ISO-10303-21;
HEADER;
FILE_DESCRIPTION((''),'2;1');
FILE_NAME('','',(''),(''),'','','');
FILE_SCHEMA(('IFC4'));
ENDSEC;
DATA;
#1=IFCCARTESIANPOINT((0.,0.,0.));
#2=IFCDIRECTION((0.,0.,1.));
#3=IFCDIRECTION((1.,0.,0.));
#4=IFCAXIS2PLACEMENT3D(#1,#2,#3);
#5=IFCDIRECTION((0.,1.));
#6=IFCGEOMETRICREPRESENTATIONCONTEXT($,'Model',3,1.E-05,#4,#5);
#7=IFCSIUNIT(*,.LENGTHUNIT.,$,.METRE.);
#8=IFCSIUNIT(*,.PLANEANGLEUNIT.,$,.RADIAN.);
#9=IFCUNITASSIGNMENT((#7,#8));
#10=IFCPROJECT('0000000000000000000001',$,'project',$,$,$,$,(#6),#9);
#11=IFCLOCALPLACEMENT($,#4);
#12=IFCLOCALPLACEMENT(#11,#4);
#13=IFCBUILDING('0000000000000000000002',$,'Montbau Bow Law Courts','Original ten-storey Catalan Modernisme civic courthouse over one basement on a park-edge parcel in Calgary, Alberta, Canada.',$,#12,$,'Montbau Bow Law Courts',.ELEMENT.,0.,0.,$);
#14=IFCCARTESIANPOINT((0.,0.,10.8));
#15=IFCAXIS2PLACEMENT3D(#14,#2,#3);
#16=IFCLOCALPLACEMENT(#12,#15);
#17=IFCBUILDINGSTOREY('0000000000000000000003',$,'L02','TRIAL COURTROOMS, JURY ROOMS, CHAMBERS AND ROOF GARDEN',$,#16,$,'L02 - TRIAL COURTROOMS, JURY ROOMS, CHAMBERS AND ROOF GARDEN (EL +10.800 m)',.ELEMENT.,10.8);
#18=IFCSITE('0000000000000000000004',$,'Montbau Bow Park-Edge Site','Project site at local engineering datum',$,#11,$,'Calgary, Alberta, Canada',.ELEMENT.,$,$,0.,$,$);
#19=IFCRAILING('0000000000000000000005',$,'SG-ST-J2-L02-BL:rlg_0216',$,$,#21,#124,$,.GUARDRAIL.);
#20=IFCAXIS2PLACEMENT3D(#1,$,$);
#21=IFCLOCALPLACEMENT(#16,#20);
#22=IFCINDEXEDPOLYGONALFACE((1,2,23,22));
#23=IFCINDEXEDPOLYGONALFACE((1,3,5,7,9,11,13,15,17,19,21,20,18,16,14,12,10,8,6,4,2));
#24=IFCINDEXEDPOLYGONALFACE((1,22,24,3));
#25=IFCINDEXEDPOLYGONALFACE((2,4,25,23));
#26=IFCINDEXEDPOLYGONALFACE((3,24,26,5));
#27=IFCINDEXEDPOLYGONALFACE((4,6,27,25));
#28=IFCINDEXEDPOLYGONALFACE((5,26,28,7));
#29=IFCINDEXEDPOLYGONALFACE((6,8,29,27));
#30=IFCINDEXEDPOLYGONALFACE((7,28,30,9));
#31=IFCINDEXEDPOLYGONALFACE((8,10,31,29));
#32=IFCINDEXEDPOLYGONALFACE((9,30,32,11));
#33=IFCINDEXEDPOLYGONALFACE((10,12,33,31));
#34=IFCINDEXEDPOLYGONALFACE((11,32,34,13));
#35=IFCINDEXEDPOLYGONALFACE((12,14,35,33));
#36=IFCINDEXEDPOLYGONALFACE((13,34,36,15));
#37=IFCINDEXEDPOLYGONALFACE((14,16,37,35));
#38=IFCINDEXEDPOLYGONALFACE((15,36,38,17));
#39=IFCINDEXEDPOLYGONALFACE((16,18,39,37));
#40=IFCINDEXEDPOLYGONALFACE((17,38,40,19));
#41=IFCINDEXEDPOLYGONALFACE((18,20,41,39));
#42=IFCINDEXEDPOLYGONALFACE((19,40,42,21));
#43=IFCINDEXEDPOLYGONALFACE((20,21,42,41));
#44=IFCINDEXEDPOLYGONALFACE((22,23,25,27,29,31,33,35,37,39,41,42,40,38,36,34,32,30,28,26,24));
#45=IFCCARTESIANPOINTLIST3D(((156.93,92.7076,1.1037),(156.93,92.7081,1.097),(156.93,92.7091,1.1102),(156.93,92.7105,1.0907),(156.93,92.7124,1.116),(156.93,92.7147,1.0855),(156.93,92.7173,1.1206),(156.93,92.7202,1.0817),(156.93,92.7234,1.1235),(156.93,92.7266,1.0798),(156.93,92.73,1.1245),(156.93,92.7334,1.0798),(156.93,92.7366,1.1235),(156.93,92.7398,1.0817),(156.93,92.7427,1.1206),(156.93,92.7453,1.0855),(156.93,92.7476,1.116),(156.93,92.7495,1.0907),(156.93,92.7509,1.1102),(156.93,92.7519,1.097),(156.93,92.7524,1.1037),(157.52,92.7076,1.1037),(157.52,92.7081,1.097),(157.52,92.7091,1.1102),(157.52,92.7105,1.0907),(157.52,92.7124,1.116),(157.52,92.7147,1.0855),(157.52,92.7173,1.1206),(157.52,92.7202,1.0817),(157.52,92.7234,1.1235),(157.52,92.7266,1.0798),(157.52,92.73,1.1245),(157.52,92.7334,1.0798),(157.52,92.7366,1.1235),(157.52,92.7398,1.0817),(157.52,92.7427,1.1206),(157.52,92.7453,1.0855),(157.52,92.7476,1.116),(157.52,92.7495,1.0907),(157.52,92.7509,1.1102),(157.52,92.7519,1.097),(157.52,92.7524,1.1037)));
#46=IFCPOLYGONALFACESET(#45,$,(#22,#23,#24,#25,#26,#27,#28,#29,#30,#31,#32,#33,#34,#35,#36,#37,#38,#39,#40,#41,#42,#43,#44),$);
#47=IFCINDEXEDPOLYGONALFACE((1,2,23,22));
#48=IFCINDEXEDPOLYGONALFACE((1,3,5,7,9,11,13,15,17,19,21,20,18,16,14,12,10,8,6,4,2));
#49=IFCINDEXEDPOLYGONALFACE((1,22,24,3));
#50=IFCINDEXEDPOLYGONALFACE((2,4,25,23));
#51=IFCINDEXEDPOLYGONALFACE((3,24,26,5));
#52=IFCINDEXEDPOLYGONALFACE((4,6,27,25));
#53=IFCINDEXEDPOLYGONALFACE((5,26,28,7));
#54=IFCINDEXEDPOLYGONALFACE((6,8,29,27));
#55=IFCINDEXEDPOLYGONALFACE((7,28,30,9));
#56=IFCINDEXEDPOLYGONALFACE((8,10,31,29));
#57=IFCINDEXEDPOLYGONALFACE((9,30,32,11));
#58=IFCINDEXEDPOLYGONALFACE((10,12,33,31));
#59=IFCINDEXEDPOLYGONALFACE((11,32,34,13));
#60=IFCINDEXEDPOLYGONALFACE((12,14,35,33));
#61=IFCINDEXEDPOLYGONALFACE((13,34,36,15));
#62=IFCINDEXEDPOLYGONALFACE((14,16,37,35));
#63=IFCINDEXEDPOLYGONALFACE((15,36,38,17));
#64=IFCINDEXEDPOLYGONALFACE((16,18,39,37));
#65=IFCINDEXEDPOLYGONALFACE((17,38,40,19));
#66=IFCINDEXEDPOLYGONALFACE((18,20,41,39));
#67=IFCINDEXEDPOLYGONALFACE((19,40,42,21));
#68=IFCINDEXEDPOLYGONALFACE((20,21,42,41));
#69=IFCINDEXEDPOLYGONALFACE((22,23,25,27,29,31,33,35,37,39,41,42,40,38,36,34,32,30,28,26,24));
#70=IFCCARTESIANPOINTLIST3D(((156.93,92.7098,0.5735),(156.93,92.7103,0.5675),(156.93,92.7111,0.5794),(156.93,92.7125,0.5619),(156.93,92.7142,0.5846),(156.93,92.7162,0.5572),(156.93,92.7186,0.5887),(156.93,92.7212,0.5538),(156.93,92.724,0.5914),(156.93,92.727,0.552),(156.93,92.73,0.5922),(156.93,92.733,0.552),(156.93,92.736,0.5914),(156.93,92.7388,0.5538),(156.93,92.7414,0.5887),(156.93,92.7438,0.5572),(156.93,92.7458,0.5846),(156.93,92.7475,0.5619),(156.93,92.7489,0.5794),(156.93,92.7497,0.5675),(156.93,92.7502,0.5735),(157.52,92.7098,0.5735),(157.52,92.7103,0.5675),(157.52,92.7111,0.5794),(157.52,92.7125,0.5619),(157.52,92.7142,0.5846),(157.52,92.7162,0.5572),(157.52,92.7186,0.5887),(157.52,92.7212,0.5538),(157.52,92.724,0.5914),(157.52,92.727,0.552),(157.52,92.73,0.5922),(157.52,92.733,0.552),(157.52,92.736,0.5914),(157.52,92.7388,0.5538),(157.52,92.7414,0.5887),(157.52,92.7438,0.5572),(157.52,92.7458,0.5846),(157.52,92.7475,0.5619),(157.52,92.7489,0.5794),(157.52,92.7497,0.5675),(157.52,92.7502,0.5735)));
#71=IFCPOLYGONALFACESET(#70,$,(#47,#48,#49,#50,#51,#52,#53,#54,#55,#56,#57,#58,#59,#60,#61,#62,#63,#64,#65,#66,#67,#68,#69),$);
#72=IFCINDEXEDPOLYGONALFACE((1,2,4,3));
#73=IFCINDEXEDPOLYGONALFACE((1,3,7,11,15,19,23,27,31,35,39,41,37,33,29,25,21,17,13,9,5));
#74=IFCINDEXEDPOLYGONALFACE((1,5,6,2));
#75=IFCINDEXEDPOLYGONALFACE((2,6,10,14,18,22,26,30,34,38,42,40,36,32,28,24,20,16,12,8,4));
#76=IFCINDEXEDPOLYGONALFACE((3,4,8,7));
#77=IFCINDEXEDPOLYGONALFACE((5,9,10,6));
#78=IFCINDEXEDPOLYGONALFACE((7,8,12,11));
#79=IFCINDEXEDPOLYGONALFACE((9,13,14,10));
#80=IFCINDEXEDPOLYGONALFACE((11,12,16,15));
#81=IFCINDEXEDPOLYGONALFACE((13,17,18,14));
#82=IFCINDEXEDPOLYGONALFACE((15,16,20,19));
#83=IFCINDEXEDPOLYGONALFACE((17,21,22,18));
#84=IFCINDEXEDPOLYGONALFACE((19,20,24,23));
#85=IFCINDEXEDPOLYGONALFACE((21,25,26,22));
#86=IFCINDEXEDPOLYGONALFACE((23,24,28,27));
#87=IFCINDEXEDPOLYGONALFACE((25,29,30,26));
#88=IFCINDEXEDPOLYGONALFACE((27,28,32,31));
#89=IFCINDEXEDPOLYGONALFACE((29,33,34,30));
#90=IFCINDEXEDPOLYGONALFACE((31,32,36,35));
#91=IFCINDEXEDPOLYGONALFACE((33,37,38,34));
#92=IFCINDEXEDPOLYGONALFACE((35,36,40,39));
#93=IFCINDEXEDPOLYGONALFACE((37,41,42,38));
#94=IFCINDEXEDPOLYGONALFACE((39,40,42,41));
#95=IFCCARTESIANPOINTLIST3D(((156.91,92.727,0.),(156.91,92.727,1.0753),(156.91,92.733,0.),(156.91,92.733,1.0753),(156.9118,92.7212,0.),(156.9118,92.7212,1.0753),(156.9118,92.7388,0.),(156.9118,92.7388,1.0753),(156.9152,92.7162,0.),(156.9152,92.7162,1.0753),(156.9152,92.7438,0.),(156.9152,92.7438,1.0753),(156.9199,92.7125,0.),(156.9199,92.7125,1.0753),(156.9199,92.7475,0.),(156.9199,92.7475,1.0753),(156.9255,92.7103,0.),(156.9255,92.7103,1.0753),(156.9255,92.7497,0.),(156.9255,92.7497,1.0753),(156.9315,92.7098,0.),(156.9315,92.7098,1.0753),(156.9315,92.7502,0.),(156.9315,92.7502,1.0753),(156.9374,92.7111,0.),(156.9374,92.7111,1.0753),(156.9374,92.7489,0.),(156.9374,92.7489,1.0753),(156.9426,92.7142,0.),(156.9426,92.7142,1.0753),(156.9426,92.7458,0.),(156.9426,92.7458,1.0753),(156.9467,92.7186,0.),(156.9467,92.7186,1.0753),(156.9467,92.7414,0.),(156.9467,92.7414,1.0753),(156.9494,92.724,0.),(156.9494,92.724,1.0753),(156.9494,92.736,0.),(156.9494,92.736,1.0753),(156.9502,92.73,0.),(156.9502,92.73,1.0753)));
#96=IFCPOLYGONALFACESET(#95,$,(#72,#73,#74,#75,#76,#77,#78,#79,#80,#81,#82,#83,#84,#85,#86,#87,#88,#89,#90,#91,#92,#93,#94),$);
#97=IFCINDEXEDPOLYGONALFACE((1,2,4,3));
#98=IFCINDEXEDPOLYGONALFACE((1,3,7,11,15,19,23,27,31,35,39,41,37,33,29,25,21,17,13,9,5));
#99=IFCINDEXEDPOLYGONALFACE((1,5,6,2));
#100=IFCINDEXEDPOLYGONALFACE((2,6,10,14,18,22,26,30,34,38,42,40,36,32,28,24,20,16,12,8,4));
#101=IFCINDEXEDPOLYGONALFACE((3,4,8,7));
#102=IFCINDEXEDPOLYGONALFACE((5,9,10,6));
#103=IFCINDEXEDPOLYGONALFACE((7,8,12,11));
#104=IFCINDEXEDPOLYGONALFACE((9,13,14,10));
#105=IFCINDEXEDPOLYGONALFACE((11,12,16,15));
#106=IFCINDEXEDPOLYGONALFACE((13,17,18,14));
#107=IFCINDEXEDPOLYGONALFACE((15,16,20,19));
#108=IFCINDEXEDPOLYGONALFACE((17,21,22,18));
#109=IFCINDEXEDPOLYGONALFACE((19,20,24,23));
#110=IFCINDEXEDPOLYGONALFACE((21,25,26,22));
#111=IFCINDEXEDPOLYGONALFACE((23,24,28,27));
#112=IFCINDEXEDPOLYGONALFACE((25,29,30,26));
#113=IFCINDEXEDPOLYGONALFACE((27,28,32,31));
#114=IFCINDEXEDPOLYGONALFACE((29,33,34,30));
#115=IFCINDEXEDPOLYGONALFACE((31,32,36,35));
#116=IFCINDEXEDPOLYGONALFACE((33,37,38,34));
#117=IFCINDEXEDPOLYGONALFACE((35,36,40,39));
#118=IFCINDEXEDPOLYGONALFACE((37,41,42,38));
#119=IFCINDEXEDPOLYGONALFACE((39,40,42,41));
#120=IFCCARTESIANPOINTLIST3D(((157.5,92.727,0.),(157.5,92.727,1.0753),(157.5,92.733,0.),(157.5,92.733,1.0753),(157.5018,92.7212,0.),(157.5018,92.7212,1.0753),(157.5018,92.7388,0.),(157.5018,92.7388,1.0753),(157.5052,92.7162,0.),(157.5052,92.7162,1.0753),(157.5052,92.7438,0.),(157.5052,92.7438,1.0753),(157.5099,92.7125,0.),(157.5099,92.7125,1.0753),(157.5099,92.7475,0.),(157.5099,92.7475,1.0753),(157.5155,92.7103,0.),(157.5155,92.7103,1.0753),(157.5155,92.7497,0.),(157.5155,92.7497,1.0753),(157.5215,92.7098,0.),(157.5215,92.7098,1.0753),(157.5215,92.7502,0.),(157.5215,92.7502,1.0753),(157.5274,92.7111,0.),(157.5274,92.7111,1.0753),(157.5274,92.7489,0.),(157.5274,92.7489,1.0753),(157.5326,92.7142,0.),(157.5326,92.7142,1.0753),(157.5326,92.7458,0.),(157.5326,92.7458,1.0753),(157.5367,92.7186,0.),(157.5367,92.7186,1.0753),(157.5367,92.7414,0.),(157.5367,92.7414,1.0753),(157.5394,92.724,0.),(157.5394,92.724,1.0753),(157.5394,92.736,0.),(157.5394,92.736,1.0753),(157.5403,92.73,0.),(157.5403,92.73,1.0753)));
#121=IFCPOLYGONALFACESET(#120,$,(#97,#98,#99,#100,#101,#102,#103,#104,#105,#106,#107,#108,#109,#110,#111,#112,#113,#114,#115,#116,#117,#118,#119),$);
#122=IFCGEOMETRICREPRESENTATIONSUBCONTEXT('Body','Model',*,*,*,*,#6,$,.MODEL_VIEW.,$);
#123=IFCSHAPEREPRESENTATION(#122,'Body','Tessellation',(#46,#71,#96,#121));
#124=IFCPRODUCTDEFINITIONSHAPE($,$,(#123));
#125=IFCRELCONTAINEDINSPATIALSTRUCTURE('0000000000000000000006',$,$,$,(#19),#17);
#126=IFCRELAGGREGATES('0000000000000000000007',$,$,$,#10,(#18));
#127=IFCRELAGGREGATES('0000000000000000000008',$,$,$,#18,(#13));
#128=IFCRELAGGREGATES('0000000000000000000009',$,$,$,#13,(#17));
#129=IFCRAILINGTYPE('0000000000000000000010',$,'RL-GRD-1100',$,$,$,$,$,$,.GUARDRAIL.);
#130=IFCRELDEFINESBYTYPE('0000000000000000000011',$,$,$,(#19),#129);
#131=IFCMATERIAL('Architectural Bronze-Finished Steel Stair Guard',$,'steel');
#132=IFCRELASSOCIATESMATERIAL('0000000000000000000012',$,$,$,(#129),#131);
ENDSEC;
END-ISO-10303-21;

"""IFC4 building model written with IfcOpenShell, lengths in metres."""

from ifc_helpers import new_model, si_unit, direction, frame, origin_with_axes, origin_2d_with_axis, place, context, subcontext, project, spatial, circle, extrude, material, type_object, element, save


model = new_model("IFC4")

# Units and contexts
model_context = context("Model", 3, precision=1e-05, world=origin_with_axes(), true_north=direction((0.0, 1.0)))
body_context = subcontext(model_context, "Body", "Model", "MODEL_VIEW")
ifc_project = project(units=[si_unit("LENGTHUNIT", "METRE"), si_unit("PLANEANGLEUNIT", "RADIAN")], contexts=[model_context])

# Site, building, storey
site_placement = place(None, origin_with_axes())
site = spatial("IfcSite", under=ifc_project, at=site_placement, Name="Montbau Bow Park-Edge Site", Description="Project site at local engineering datum", LongName="Calgary, Alberta, Canada", CompositionType="ELEMENT", RefElevation=0.0)
building_placement = place(site_placement, origin_with_axes())
building = spatial("IfcBuilding", under=site, at=building_placement, Name="Montbau Bow Law Courts", Description="Original ten-storey Catalan Modernisme civic courthouse over one basement on a park-edge parcel in Calgary, Alberta, Canada.", LongName="Montbau Bow Law Courts", CompositionType="ELEMENT", ElevationOfRefHeight=0.0, ElevationOfTerrain=0.0)
storey_placement = place(building_placement, frame((0.0, 0.0, 10.8), z_axis=(0.0, 0.0, 1.0), x_axis=(1.0, 0.0, 0.0)))
storey = spatial("IfcBuildingStorey", under=building, at=storey_placement, Name="L02", Description="TRIAL COURTROOMS, JURY ROOMS, CHAMBERS AND ROOF GARDEN", LongName="L02 - TRIAL COURTROOMS, JURY ROOMS, CHAMBERS AND ROOF GARDEN (EL +10.800 m)", CompositionType="ELEMENT", Elevation=10.8)

# Railing
ifc_material_1 = material(Name="Architectural Bronze-Finished Steel Stair Guard", Category="steel")
railing_type_1 = type_object("IfcRailingType", Name="RL-GRD-1100", PredefinedType="GUARDRAIL", material=ifc_material_1)
railing_1_placement = place(None, origin_with_axes())
element("IfcRailing", 1, at=railing_1_placement, inside=storey, type_object=railing_type_1, Name="SG-ST-J2-L02-BL:rlg_0216", PredefinedType="GUARDRAIL", context=body_context, shape_type="SweptSolid", body=[
    extrude(circle(Radius=0.0225, at=origin_2d_with_axis()), frame((156.93, 92.73, 11.902), z_axis=(1.0, 0.0, 0.0), x_axis=(0.0, 0.0, 1.0)), (0.0, 0.0, 1.0), 0.59),
    extrude(circle(Radius=0.0203, at=origin_2d_with_axis()), frame((156.93, 92.73, 11.372), z_axis=(1.0, 0.0, 0.0), x_axis=(0.0, 0.0, 1.0)), (0.0, 0.0, 1.0), 0.59),
    extrude(circle(Radius=0.0203, at=origin_2d_with_axis()), frame((156.93, 92.73, 10.8), z_axis=(0.0, 0.0, 1.0), x_axis=(1.0, 0.0, 0.0)), (0.0, 0.0, 1.0), 1.0753),
    extrude(circle(Radius=0.0203, at=origin_2d_with_axis()), frame((157.52, 92.73, 10.8), z_axis=(0.0, 0.0, 1.0), x_axis=(1.0, 0.0, 0.0)), (0.0, 0.0, 1.0), 1.0753),
])

save(model, "model.ifc")
